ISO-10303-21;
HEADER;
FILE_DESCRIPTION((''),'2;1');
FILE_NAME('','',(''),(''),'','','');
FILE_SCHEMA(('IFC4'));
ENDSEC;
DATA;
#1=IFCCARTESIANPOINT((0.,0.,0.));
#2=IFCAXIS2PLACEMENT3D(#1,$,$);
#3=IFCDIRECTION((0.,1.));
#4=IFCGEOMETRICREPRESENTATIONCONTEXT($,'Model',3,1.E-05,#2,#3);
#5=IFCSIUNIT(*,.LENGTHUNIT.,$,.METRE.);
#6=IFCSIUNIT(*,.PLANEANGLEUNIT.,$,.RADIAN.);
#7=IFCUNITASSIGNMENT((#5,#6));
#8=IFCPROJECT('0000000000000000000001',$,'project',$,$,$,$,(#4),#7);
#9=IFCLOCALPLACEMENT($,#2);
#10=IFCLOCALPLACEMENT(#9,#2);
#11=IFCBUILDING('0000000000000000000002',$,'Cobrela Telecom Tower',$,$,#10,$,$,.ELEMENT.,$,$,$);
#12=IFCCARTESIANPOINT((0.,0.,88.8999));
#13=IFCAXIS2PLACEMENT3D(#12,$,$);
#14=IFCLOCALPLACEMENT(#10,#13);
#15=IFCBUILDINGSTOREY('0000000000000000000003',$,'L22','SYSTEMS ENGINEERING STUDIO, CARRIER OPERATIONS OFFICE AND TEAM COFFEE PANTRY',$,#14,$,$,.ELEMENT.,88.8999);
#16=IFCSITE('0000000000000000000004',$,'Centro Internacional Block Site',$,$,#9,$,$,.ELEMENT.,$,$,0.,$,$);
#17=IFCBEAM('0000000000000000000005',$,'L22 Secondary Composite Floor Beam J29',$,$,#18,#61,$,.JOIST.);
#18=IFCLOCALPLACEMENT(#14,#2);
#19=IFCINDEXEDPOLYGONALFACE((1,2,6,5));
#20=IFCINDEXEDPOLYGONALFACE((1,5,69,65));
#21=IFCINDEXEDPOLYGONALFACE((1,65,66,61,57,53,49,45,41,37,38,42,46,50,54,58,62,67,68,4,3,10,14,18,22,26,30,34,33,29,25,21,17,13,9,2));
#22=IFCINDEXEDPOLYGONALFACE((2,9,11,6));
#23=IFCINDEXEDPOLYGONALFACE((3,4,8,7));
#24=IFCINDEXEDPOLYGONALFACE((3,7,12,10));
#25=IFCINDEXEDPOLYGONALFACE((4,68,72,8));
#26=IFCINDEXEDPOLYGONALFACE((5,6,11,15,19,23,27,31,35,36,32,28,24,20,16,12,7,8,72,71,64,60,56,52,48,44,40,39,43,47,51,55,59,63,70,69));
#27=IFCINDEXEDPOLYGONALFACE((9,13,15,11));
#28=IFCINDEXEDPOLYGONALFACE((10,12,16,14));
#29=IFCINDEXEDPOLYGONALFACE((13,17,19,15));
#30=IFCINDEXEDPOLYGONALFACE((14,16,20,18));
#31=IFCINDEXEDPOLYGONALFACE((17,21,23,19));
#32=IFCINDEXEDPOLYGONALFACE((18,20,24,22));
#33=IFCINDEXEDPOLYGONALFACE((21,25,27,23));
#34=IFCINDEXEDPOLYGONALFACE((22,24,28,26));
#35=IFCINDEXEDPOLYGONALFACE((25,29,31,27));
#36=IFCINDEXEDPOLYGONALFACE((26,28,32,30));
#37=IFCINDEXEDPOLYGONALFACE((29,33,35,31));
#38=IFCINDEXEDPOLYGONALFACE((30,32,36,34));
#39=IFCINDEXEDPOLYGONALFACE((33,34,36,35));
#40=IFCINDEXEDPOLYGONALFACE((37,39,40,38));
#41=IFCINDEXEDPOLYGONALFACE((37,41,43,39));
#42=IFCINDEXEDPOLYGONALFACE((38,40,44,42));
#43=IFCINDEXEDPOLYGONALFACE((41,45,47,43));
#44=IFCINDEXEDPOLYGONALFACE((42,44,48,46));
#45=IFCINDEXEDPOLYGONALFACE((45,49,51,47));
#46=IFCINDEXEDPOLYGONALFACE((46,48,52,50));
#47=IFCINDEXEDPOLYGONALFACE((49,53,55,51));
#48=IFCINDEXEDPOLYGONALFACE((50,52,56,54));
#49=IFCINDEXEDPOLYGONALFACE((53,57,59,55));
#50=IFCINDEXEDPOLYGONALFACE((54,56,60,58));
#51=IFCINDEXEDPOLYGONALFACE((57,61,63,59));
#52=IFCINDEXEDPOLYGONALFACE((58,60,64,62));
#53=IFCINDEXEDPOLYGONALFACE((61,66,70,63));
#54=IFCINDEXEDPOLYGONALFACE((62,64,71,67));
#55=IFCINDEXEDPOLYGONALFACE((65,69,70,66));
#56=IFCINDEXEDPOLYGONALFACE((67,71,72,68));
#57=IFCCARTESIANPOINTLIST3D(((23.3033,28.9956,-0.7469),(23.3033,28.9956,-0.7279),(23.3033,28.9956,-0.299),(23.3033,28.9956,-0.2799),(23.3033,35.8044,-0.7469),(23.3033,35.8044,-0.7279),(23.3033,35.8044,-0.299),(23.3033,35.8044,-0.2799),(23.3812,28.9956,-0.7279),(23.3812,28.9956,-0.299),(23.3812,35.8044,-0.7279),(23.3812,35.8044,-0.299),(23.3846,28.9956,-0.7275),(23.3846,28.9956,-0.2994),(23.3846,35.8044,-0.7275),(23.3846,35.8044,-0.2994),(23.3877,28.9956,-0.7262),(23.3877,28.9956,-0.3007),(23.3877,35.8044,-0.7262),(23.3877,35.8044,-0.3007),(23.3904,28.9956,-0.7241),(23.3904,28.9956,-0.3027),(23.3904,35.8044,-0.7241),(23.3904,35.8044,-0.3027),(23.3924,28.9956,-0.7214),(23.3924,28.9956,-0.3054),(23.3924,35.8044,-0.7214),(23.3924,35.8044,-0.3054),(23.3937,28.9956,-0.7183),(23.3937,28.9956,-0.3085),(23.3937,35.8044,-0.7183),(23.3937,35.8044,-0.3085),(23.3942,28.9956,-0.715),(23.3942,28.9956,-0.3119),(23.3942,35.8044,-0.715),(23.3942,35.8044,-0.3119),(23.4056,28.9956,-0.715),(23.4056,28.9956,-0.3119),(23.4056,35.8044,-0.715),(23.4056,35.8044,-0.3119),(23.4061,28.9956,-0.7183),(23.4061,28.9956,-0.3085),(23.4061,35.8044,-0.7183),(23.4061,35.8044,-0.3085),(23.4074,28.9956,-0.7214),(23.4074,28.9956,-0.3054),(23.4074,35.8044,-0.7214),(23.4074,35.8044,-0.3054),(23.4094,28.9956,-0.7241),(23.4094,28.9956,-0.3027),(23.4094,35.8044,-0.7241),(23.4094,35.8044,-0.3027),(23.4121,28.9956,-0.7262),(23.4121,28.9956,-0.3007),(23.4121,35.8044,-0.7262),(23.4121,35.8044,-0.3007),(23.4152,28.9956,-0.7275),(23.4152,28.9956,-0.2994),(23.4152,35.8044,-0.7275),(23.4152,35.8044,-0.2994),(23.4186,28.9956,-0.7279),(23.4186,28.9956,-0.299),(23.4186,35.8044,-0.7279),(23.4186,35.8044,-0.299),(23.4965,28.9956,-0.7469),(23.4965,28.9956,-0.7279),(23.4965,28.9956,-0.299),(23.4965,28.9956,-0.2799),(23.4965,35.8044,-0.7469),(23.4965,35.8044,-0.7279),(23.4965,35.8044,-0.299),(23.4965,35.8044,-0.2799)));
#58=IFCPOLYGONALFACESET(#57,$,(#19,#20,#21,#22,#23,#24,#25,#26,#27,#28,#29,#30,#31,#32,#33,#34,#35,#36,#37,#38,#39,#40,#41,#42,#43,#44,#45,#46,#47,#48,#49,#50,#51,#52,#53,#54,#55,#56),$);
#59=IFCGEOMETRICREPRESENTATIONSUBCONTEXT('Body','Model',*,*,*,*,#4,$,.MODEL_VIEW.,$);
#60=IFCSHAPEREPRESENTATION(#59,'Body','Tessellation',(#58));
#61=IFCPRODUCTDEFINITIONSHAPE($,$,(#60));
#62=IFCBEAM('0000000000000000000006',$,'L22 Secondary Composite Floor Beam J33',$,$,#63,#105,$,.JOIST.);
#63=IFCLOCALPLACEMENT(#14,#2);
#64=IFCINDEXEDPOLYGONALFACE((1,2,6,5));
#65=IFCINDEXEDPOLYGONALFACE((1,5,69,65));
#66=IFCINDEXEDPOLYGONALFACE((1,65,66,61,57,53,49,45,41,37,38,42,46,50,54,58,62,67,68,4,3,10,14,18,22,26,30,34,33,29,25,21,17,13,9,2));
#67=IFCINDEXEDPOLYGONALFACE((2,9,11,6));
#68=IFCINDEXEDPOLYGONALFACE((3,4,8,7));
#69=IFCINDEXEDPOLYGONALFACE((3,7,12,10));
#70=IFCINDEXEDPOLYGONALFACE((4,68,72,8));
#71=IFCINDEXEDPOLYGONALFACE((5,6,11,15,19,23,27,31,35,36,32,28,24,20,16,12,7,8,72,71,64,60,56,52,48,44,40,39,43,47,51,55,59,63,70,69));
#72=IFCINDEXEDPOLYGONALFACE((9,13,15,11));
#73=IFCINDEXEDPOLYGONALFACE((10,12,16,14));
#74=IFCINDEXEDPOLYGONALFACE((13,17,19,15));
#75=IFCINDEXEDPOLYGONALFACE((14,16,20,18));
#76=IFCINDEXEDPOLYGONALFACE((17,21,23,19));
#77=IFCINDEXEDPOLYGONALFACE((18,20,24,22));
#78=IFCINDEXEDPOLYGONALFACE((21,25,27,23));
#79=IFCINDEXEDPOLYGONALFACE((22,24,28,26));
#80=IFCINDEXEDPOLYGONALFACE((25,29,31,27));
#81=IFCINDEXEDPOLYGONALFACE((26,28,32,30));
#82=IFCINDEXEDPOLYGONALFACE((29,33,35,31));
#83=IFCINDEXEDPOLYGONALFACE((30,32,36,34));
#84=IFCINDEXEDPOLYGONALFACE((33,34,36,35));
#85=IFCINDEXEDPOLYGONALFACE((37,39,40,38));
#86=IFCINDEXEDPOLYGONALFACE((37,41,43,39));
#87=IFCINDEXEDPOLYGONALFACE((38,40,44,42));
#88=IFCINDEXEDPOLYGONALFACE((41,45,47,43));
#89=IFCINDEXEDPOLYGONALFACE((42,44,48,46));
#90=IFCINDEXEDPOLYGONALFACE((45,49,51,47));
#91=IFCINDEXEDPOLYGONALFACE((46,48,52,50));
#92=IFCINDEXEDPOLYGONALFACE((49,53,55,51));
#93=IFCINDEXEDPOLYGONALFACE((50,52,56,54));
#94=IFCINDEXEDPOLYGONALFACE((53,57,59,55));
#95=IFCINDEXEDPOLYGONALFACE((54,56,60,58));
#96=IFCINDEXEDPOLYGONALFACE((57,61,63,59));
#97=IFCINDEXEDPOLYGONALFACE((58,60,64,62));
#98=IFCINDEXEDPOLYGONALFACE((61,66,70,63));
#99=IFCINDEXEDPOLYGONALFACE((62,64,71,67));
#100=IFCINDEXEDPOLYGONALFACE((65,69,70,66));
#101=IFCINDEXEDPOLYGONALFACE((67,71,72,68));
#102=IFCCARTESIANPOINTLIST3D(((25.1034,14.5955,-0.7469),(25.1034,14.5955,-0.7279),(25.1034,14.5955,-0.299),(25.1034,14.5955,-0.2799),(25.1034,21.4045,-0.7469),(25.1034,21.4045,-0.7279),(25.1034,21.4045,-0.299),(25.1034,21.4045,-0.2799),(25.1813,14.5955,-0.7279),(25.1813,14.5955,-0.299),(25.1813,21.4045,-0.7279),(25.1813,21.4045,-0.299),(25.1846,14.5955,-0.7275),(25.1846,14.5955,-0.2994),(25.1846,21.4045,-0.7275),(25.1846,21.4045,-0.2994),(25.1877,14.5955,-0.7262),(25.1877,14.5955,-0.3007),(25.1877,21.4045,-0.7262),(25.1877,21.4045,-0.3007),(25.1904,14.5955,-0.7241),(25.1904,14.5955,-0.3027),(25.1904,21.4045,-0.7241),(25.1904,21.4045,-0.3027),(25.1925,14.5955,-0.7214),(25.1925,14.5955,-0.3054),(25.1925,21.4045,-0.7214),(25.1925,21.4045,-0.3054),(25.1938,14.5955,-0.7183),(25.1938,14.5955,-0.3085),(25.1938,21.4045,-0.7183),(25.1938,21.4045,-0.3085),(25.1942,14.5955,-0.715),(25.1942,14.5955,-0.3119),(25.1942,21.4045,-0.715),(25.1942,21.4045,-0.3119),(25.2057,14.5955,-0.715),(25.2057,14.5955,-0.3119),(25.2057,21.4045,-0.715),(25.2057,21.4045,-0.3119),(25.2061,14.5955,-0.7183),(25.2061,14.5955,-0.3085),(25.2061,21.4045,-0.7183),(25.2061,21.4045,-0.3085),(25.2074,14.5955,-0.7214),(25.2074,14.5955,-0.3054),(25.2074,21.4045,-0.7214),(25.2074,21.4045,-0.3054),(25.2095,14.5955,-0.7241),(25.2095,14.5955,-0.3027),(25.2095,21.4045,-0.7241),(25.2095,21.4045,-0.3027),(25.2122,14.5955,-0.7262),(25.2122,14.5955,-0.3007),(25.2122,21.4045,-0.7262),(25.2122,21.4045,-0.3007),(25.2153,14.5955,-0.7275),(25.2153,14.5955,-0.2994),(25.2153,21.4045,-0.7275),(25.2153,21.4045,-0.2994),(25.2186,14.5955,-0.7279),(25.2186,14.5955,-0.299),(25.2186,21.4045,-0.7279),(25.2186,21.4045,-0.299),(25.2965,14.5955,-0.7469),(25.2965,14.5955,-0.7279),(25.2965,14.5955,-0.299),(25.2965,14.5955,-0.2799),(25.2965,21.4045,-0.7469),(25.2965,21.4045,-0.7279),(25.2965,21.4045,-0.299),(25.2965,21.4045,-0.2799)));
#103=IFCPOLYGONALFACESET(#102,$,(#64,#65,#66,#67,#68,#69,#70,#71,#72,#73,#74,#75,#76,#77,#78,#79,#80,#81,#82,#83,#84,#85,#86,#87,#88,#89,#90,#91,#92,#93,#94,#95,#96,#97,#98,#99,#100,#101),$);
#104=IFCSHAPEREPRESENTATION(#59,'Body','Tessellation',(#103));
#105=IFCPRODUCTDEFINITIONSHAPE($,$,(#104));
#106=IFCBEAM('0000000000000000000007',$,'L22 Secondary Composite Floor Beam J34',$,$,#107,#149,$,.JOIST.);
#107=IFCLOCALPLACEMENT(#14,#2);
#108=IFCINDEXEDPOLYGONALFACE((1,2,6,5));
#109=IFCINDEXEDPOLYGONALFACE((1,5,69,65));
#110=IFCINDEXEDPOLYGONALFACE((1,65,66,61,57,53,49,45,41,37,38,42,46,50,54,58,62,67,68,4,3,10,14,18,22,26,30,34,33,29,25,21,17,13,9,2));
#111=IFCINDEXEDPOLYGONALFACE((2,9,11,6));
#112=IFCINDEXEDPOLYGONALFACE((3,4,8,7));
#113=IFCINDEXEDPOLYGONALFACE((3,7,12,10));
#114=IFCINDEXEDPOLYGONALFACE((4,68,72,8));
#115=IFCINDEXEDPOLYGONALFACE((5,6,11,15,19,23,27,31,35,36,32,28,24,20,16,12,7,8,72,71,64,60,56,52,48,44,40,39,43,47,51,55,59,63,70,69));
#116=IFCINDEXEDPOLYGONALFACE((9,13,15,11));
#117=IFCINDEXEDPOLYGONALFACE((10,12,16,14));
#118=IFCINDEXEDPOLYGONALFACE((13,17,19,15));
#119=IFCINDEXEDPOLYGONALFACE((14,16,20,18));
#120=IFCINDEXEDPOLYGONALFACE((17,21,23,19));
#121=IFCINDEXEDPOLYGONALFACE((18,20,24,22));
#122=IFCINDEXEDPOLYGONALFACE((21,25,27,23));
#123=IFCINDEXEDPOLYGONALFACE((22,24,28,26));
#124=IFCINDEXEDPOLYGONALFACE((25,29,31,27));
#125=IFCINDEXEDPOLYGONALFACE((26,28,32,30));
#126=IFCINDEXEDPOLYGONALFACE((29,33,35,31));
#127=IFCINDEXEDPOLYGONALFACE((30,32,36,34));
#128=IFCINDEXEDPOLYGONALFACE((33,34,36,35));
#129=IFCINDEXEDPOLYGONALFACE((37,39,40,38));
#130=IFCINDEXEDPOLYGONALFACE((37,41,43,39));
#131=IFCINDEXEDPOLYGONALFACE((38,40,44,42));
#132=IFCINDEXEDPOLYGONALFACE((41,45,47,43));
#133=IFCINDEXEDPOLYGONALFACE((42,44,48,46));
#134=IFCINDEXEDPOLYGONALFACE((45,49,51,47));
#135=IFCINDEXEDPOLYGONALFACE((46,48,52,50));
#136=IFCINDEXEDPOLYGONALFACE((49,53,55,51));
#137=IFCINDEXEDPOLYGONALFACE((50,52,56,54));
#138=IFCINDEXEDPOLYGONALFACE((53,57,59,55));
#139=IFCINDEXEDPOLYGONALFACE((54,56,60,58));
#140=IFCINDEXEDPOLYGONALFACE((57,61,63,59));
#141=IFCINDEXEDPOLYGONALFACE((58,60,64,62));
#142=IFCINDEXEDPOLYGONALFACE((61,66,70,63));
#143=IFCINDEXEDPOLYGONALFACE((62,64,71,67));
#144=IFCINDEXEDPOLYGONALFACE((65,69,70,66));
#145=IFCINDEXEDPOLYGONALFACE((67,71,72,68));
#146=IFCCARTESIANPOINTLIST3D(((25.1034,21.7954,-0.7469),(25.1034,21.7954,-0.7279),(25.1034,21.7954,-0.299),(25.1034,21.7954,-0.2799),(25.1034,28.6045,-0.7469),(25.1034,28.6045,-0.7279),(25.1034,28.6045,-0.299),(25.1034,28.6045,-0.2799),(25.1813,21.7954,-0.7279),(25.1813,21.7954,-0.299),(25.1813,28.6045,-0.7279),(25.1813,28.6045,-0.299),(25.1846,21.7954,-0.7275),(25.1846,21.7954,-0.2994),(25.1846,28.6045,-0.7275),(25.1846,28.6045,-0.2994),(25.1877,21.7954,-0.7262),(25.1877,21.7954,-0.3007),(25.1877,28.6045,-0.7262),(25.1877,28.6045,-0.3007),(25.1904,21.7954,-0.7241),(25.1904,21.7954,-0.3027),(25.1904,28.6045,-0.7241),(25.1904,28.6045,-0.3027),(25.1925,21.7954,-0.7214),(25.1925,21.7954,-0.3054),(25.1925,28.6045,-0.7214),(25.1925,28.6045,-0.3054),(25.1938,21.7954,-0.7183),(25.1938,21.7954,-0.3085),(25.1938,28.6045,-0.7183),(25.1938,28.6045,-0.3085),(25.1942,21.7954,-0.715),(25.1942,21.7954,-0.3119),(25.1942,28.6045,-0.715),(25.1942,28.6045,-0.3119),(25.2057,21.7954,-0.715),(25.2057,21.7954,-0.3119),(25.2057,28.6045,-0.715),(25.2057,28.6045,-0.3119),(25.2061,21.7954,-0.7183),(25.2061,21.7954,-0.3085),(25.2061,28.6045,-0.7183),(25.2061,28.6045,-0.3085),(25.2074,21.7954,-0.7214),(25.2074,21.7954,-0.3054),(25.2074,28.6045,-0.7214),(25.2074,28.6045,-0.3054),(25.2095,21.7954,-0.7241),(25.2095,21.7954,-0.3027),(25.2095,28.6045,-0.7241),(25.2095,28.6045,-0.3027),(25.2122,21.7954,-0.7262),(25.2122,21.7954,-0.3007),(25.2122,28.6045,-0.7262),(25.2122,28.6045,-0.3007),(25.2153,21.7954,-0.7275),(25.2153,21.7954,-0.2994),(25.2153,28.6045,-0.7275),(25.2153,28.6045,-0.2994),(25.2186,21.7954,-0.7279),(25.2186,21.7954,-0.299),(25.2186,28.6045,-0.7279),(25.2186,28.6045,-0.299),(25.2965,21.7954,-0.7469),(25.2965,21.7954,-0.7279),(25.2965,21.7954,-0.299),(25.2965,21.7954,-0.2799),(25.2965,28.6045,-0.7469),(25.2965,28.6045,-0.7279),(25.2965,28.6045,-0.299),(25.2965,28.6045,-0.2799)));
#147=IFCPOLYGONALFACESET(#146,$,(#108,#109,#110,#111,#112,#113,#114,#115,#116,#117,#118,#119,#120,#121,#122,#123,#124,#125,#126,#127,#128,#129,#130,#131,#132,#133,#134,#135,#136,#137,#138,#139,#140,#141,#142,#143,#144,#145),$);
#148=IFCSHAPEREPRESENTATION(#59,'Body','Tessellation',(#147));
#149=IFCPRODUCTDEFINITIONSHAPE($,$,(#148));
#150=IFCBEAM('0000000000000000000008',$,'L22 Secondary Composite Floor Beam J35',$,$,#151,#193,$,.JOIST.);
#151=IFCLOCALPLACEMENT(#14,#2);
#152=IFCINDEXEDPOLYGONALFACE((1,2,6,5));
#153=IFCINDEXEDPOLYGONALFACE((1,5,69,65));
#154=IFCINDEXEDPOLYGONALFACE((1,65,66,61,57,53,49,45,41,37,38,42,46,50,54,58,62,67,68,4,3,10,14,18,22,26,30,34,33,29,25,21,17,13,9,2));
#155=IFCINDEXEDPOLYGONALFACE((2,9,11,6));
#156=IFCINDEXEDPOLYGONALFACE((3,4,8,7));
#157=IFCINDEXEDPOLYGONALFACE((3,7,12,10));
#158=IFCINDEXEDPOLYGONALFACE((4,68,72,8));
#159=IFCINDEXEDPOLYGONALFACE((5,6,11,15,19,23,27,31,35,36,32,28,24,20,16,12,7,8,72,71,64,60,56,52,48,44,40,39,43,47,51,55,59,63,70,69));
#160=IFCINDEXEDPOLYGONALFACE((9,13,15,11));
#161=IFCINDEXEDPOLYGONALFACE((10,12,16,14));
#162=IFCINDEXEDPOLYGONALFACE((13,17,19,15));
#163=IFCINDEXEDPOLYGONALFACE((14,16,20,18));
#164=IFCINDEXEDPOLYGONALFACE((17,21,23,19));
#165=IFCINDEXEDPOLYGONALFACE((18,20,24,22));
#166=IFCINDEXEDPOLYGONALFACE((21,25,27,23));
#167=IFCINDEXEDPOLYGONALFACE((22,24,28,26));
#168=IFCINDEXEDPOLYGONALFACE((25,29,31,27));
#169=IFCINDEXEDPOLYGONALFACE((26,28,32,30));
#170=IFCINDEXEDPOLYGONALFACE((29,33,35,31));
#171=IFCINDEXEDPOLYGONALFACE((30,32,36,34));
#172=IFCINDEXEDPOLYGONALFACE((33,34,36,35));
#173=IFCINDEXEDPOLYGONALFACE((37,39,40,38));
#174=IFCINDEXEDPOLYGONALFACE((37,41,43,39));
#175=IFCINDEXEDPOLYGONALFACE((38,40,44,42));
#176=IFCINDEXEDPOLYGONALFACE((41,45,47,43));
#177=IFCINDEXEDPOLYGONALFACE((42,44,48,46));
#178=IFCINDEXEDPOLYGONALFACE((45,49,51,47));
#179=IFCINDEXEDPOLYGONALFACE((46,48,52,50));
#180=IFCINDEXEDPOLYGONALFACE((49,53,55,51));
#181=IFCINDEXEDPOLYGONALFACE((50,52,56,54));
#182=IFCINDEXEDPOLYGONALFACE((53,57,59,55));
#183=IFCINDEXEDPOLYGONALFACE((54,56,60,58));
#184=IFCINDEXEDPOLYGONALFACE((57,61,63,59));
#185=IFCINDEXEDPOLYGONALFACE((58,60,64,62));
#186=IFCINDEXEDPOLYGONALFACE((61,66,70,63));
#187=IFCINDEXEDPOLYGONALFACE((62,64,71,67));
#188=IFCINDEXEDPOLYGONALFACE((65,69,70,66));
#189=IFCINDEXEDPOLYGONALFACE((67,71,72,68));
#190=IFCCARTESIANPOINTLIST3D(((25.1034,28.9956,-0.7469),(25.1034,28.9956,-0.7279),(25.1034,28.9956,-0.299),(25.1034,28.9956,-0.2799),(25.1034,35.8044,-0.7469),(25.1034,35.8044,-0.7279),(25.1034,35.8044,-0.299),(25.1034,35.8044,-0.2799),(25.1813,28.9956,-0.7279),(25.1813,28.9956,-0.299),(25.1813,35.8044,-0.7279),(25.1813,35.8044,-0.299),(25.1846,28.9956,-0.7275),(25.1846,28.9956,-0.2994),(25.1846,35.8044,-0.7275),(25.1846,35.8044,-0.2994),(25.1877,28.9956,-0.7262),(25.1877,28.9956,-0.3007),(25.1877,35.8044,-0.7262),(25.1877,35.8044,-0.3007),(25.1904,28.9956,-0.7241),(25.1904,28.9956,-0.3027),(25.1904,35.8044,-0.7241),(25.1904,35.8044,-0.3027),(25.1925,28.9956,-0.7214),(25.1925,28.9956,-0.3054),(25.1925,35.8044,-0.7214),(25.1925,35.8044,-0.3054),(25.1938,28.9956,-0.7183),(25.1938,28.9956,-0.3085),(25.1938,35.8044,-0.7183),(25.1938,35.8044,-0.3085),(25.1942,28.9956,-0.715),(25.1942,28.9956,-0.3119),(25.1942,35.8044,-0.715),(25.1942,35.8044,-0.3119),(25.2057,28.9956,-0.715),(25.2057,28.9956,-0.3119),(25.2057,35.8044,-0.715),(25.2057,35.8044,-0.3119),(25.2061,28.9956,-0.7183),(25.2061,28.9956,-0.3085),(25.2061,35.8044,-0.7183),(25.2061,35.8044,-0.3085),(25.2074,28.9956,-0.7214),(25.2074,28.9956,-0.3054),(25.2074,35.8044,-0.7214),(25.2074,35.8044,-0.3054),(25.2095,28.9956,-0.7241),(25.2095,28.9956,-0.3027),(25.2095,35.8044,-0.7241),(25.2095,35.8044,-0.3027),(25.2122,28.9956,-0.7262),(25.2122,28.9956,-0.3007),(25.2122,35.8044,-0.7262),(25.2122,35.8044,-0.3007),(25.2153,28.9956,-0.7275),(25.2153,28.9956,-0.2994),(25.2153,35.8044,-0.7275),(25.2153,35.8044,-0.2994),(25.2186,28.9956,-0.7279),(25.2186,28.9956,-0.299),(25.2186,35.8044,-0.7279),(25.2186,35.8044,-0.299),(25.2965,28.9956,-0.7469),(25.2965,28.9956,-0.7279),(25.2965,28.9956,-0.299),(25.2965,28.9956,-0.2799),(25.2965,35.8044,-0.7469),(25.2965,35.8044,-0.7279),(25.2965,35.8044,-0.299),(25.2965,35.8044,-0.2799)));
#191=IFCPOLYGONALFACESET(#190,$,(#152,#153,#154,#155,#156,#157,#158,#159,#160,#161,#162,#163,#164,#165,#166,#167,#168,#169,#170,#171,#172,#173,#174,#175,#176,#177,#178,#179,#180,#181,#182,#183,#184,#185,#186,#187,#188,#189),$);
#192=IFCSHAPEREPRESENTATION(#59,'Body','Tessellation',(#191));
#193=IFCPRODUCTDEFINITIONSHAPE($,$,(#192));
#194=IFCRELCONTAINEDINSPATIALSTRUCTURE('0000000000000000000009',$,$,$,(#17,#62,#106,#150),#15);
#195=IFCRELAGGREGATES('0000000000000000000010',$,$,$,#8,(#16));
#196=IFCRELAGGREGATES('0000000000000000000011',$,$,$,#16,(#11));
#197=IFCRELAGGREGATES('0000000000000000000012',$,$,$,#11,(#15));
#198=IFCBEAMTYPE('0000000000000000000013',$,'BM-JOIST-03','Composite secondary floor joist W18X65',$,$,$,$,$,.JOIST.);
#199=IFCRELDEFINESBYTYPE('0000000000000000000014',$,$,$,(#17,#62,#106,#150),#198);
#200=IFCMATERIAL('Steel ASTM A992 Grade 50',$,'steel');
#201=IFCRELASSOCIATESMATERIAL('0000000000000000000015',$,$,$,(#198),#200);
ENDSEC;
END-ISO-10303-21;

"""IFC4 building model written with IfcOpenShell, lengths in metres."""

from ifc_helpers import new_model, si_unit, direction, frame, origin, origin_2d, place, context, subcontext, project, spatial, i_section, extrude, material, material_profile, profile_set, type_object, element, save


model = new_model("IFC4")

# Units and contexts
model_context = context("Model", 3, precision=1e-05, world=origin(), true_north=direction((0.0, 1.0)))
body_context = subcontext(model_context, "Body", "Model", "MODEL_VIEW")
ifc_project = project(units=[si_unit("LENGTHUNIT", "METRE"), si_unit("PLANEANGLEUNIT", "RADIAN")], contexts=[model_context])

# Site, building, storey
site_placement = place(None, origin())
site = spatial("IfcSite", under=ifc_project, at=site_placement, Name="Centro Internacional Block Site", CompositionType="ELEMENT", RefElevation=0.0)
building_placement = place(site_placement, origin())
building = spatial("IfcBuilding", under=site, at=building_placement, Name="Cobrela Telecom Tower", CompositionType="ELEMENT")
storey_placement = place(building_placement, frame((0.0, 0.0, 88.8999)))
storey = spatial("IfcBuildingStorey", under=building, at=storey_placement, Name="L22", Description="SYSTEMS ENGINEERING STUDIO, CARRIER OPERATIONS OFFICE AND TEAM COFFEE PANTRY", CompositionType="ELEMENT", Elevation=88.8999)

# Shared definitions
ifc_material_1 = material(Name="Steel ASTM A992 Grade 50", Category="steel")

# Beams
ifc_material_profile_1 = material_profile(ifc_material_1, i_section(OverallWidth=0.1931, OverallDepth=0.467, WebThickness=0.0115, FlangeThickness=0.019, FilletRadius=0.0129, at=origin_2d()), Name="W18X65")
ifc_profile_set_1 = profile_set([ifc_material_profile_1], Name="Steel ASTM A992 Grade 50")
beam_type_1 = type_object("IfcBeamType", Name="BM-JOIST-03", Description="Composite secondary floor joist W18X65", PredefinedType="JOIST", material=ifc_profile_set_1)
beam_1_placement = place(storey_placement, frame((23.3999, 28.9956, -0.5134), z_axis=(0.0, 1.0, 0.0), x_axis=(-1.0, 0.0, 0.0)))
element("IfcBeam", 1, at=beam_1_placement, inside=storey, type_object=beam_type_1, Name="L22 Secondary Composite Floor Beam J29", PredefinedType="JOIST", context=body_context, shape_type="SweptSolid", body=[
    extrude(i_section(OverallWidth=0.1931, OverallDepth=0.467, WebThickness=0.0115, FlangeThickness=0.019, FilletRadius=0.0129, at=origin_2d()), origin(), (0.0, 0.0, 1.0), 6.8088),
])
for number, where, z_axis, x_axis, name in (
    (2, (25.2, 14.5955, -0.5134), (0.0, 1.0, 0.0), (-1.0, 0.0, 0.0), "L22 Secondary Composite Floor Beam J33"),
    (3, (25.2, 21.7954, -0.5134), (0.0, 1.0, 0.0), (-1.0, 0.0, 0.0), "L22 Secondary Composite Floor Beam J34"),
):
    element("IfcBeam", number, at=place(storey_placement, frame(where, z_axis=z_axis, x_axis=x_axis)), inside=storey, type_object=beam_type_1, Name=name, PredefinedType="JOIST", context=body_context, shape_type="SweptSolid", body=[
        extrude(i_section(OverallWidth=0.1931, OverallDepth=0.467, WebThickness=0.0115, FlangeThickness=0.019, FilletRadius=0.0129, at=origin_2d()), origin(), (0.0, 0.0, 1.0), 6.8091),
    ])
beam_2_placement = place(storey_placement, frame((25.2, 28.9956, -0.5134), z_axis=(0.0, 1.0, 0.0), x_axis=(-1.0, 0.0, 0.0)))
element("IfcBeam", 4, at=beam_2_placement, inside=storey, type_object=beam_type_1, Name="L22 Secondary Composite Floor Beam J35", PredefinedType="JOIST", context=body_context, shape_type="SweptSolid", body=[
    extrude(i_section(OverallWidth=0.1931, OverallDepth=0.467, WebThickness=0.0115, FlangeThickness=0.019, FilletRadius=0.0129, at=origin_2d()), origin(), (0.0, 0.0, 1.0), 6.8088),
])

save(model, "model.ifc")
